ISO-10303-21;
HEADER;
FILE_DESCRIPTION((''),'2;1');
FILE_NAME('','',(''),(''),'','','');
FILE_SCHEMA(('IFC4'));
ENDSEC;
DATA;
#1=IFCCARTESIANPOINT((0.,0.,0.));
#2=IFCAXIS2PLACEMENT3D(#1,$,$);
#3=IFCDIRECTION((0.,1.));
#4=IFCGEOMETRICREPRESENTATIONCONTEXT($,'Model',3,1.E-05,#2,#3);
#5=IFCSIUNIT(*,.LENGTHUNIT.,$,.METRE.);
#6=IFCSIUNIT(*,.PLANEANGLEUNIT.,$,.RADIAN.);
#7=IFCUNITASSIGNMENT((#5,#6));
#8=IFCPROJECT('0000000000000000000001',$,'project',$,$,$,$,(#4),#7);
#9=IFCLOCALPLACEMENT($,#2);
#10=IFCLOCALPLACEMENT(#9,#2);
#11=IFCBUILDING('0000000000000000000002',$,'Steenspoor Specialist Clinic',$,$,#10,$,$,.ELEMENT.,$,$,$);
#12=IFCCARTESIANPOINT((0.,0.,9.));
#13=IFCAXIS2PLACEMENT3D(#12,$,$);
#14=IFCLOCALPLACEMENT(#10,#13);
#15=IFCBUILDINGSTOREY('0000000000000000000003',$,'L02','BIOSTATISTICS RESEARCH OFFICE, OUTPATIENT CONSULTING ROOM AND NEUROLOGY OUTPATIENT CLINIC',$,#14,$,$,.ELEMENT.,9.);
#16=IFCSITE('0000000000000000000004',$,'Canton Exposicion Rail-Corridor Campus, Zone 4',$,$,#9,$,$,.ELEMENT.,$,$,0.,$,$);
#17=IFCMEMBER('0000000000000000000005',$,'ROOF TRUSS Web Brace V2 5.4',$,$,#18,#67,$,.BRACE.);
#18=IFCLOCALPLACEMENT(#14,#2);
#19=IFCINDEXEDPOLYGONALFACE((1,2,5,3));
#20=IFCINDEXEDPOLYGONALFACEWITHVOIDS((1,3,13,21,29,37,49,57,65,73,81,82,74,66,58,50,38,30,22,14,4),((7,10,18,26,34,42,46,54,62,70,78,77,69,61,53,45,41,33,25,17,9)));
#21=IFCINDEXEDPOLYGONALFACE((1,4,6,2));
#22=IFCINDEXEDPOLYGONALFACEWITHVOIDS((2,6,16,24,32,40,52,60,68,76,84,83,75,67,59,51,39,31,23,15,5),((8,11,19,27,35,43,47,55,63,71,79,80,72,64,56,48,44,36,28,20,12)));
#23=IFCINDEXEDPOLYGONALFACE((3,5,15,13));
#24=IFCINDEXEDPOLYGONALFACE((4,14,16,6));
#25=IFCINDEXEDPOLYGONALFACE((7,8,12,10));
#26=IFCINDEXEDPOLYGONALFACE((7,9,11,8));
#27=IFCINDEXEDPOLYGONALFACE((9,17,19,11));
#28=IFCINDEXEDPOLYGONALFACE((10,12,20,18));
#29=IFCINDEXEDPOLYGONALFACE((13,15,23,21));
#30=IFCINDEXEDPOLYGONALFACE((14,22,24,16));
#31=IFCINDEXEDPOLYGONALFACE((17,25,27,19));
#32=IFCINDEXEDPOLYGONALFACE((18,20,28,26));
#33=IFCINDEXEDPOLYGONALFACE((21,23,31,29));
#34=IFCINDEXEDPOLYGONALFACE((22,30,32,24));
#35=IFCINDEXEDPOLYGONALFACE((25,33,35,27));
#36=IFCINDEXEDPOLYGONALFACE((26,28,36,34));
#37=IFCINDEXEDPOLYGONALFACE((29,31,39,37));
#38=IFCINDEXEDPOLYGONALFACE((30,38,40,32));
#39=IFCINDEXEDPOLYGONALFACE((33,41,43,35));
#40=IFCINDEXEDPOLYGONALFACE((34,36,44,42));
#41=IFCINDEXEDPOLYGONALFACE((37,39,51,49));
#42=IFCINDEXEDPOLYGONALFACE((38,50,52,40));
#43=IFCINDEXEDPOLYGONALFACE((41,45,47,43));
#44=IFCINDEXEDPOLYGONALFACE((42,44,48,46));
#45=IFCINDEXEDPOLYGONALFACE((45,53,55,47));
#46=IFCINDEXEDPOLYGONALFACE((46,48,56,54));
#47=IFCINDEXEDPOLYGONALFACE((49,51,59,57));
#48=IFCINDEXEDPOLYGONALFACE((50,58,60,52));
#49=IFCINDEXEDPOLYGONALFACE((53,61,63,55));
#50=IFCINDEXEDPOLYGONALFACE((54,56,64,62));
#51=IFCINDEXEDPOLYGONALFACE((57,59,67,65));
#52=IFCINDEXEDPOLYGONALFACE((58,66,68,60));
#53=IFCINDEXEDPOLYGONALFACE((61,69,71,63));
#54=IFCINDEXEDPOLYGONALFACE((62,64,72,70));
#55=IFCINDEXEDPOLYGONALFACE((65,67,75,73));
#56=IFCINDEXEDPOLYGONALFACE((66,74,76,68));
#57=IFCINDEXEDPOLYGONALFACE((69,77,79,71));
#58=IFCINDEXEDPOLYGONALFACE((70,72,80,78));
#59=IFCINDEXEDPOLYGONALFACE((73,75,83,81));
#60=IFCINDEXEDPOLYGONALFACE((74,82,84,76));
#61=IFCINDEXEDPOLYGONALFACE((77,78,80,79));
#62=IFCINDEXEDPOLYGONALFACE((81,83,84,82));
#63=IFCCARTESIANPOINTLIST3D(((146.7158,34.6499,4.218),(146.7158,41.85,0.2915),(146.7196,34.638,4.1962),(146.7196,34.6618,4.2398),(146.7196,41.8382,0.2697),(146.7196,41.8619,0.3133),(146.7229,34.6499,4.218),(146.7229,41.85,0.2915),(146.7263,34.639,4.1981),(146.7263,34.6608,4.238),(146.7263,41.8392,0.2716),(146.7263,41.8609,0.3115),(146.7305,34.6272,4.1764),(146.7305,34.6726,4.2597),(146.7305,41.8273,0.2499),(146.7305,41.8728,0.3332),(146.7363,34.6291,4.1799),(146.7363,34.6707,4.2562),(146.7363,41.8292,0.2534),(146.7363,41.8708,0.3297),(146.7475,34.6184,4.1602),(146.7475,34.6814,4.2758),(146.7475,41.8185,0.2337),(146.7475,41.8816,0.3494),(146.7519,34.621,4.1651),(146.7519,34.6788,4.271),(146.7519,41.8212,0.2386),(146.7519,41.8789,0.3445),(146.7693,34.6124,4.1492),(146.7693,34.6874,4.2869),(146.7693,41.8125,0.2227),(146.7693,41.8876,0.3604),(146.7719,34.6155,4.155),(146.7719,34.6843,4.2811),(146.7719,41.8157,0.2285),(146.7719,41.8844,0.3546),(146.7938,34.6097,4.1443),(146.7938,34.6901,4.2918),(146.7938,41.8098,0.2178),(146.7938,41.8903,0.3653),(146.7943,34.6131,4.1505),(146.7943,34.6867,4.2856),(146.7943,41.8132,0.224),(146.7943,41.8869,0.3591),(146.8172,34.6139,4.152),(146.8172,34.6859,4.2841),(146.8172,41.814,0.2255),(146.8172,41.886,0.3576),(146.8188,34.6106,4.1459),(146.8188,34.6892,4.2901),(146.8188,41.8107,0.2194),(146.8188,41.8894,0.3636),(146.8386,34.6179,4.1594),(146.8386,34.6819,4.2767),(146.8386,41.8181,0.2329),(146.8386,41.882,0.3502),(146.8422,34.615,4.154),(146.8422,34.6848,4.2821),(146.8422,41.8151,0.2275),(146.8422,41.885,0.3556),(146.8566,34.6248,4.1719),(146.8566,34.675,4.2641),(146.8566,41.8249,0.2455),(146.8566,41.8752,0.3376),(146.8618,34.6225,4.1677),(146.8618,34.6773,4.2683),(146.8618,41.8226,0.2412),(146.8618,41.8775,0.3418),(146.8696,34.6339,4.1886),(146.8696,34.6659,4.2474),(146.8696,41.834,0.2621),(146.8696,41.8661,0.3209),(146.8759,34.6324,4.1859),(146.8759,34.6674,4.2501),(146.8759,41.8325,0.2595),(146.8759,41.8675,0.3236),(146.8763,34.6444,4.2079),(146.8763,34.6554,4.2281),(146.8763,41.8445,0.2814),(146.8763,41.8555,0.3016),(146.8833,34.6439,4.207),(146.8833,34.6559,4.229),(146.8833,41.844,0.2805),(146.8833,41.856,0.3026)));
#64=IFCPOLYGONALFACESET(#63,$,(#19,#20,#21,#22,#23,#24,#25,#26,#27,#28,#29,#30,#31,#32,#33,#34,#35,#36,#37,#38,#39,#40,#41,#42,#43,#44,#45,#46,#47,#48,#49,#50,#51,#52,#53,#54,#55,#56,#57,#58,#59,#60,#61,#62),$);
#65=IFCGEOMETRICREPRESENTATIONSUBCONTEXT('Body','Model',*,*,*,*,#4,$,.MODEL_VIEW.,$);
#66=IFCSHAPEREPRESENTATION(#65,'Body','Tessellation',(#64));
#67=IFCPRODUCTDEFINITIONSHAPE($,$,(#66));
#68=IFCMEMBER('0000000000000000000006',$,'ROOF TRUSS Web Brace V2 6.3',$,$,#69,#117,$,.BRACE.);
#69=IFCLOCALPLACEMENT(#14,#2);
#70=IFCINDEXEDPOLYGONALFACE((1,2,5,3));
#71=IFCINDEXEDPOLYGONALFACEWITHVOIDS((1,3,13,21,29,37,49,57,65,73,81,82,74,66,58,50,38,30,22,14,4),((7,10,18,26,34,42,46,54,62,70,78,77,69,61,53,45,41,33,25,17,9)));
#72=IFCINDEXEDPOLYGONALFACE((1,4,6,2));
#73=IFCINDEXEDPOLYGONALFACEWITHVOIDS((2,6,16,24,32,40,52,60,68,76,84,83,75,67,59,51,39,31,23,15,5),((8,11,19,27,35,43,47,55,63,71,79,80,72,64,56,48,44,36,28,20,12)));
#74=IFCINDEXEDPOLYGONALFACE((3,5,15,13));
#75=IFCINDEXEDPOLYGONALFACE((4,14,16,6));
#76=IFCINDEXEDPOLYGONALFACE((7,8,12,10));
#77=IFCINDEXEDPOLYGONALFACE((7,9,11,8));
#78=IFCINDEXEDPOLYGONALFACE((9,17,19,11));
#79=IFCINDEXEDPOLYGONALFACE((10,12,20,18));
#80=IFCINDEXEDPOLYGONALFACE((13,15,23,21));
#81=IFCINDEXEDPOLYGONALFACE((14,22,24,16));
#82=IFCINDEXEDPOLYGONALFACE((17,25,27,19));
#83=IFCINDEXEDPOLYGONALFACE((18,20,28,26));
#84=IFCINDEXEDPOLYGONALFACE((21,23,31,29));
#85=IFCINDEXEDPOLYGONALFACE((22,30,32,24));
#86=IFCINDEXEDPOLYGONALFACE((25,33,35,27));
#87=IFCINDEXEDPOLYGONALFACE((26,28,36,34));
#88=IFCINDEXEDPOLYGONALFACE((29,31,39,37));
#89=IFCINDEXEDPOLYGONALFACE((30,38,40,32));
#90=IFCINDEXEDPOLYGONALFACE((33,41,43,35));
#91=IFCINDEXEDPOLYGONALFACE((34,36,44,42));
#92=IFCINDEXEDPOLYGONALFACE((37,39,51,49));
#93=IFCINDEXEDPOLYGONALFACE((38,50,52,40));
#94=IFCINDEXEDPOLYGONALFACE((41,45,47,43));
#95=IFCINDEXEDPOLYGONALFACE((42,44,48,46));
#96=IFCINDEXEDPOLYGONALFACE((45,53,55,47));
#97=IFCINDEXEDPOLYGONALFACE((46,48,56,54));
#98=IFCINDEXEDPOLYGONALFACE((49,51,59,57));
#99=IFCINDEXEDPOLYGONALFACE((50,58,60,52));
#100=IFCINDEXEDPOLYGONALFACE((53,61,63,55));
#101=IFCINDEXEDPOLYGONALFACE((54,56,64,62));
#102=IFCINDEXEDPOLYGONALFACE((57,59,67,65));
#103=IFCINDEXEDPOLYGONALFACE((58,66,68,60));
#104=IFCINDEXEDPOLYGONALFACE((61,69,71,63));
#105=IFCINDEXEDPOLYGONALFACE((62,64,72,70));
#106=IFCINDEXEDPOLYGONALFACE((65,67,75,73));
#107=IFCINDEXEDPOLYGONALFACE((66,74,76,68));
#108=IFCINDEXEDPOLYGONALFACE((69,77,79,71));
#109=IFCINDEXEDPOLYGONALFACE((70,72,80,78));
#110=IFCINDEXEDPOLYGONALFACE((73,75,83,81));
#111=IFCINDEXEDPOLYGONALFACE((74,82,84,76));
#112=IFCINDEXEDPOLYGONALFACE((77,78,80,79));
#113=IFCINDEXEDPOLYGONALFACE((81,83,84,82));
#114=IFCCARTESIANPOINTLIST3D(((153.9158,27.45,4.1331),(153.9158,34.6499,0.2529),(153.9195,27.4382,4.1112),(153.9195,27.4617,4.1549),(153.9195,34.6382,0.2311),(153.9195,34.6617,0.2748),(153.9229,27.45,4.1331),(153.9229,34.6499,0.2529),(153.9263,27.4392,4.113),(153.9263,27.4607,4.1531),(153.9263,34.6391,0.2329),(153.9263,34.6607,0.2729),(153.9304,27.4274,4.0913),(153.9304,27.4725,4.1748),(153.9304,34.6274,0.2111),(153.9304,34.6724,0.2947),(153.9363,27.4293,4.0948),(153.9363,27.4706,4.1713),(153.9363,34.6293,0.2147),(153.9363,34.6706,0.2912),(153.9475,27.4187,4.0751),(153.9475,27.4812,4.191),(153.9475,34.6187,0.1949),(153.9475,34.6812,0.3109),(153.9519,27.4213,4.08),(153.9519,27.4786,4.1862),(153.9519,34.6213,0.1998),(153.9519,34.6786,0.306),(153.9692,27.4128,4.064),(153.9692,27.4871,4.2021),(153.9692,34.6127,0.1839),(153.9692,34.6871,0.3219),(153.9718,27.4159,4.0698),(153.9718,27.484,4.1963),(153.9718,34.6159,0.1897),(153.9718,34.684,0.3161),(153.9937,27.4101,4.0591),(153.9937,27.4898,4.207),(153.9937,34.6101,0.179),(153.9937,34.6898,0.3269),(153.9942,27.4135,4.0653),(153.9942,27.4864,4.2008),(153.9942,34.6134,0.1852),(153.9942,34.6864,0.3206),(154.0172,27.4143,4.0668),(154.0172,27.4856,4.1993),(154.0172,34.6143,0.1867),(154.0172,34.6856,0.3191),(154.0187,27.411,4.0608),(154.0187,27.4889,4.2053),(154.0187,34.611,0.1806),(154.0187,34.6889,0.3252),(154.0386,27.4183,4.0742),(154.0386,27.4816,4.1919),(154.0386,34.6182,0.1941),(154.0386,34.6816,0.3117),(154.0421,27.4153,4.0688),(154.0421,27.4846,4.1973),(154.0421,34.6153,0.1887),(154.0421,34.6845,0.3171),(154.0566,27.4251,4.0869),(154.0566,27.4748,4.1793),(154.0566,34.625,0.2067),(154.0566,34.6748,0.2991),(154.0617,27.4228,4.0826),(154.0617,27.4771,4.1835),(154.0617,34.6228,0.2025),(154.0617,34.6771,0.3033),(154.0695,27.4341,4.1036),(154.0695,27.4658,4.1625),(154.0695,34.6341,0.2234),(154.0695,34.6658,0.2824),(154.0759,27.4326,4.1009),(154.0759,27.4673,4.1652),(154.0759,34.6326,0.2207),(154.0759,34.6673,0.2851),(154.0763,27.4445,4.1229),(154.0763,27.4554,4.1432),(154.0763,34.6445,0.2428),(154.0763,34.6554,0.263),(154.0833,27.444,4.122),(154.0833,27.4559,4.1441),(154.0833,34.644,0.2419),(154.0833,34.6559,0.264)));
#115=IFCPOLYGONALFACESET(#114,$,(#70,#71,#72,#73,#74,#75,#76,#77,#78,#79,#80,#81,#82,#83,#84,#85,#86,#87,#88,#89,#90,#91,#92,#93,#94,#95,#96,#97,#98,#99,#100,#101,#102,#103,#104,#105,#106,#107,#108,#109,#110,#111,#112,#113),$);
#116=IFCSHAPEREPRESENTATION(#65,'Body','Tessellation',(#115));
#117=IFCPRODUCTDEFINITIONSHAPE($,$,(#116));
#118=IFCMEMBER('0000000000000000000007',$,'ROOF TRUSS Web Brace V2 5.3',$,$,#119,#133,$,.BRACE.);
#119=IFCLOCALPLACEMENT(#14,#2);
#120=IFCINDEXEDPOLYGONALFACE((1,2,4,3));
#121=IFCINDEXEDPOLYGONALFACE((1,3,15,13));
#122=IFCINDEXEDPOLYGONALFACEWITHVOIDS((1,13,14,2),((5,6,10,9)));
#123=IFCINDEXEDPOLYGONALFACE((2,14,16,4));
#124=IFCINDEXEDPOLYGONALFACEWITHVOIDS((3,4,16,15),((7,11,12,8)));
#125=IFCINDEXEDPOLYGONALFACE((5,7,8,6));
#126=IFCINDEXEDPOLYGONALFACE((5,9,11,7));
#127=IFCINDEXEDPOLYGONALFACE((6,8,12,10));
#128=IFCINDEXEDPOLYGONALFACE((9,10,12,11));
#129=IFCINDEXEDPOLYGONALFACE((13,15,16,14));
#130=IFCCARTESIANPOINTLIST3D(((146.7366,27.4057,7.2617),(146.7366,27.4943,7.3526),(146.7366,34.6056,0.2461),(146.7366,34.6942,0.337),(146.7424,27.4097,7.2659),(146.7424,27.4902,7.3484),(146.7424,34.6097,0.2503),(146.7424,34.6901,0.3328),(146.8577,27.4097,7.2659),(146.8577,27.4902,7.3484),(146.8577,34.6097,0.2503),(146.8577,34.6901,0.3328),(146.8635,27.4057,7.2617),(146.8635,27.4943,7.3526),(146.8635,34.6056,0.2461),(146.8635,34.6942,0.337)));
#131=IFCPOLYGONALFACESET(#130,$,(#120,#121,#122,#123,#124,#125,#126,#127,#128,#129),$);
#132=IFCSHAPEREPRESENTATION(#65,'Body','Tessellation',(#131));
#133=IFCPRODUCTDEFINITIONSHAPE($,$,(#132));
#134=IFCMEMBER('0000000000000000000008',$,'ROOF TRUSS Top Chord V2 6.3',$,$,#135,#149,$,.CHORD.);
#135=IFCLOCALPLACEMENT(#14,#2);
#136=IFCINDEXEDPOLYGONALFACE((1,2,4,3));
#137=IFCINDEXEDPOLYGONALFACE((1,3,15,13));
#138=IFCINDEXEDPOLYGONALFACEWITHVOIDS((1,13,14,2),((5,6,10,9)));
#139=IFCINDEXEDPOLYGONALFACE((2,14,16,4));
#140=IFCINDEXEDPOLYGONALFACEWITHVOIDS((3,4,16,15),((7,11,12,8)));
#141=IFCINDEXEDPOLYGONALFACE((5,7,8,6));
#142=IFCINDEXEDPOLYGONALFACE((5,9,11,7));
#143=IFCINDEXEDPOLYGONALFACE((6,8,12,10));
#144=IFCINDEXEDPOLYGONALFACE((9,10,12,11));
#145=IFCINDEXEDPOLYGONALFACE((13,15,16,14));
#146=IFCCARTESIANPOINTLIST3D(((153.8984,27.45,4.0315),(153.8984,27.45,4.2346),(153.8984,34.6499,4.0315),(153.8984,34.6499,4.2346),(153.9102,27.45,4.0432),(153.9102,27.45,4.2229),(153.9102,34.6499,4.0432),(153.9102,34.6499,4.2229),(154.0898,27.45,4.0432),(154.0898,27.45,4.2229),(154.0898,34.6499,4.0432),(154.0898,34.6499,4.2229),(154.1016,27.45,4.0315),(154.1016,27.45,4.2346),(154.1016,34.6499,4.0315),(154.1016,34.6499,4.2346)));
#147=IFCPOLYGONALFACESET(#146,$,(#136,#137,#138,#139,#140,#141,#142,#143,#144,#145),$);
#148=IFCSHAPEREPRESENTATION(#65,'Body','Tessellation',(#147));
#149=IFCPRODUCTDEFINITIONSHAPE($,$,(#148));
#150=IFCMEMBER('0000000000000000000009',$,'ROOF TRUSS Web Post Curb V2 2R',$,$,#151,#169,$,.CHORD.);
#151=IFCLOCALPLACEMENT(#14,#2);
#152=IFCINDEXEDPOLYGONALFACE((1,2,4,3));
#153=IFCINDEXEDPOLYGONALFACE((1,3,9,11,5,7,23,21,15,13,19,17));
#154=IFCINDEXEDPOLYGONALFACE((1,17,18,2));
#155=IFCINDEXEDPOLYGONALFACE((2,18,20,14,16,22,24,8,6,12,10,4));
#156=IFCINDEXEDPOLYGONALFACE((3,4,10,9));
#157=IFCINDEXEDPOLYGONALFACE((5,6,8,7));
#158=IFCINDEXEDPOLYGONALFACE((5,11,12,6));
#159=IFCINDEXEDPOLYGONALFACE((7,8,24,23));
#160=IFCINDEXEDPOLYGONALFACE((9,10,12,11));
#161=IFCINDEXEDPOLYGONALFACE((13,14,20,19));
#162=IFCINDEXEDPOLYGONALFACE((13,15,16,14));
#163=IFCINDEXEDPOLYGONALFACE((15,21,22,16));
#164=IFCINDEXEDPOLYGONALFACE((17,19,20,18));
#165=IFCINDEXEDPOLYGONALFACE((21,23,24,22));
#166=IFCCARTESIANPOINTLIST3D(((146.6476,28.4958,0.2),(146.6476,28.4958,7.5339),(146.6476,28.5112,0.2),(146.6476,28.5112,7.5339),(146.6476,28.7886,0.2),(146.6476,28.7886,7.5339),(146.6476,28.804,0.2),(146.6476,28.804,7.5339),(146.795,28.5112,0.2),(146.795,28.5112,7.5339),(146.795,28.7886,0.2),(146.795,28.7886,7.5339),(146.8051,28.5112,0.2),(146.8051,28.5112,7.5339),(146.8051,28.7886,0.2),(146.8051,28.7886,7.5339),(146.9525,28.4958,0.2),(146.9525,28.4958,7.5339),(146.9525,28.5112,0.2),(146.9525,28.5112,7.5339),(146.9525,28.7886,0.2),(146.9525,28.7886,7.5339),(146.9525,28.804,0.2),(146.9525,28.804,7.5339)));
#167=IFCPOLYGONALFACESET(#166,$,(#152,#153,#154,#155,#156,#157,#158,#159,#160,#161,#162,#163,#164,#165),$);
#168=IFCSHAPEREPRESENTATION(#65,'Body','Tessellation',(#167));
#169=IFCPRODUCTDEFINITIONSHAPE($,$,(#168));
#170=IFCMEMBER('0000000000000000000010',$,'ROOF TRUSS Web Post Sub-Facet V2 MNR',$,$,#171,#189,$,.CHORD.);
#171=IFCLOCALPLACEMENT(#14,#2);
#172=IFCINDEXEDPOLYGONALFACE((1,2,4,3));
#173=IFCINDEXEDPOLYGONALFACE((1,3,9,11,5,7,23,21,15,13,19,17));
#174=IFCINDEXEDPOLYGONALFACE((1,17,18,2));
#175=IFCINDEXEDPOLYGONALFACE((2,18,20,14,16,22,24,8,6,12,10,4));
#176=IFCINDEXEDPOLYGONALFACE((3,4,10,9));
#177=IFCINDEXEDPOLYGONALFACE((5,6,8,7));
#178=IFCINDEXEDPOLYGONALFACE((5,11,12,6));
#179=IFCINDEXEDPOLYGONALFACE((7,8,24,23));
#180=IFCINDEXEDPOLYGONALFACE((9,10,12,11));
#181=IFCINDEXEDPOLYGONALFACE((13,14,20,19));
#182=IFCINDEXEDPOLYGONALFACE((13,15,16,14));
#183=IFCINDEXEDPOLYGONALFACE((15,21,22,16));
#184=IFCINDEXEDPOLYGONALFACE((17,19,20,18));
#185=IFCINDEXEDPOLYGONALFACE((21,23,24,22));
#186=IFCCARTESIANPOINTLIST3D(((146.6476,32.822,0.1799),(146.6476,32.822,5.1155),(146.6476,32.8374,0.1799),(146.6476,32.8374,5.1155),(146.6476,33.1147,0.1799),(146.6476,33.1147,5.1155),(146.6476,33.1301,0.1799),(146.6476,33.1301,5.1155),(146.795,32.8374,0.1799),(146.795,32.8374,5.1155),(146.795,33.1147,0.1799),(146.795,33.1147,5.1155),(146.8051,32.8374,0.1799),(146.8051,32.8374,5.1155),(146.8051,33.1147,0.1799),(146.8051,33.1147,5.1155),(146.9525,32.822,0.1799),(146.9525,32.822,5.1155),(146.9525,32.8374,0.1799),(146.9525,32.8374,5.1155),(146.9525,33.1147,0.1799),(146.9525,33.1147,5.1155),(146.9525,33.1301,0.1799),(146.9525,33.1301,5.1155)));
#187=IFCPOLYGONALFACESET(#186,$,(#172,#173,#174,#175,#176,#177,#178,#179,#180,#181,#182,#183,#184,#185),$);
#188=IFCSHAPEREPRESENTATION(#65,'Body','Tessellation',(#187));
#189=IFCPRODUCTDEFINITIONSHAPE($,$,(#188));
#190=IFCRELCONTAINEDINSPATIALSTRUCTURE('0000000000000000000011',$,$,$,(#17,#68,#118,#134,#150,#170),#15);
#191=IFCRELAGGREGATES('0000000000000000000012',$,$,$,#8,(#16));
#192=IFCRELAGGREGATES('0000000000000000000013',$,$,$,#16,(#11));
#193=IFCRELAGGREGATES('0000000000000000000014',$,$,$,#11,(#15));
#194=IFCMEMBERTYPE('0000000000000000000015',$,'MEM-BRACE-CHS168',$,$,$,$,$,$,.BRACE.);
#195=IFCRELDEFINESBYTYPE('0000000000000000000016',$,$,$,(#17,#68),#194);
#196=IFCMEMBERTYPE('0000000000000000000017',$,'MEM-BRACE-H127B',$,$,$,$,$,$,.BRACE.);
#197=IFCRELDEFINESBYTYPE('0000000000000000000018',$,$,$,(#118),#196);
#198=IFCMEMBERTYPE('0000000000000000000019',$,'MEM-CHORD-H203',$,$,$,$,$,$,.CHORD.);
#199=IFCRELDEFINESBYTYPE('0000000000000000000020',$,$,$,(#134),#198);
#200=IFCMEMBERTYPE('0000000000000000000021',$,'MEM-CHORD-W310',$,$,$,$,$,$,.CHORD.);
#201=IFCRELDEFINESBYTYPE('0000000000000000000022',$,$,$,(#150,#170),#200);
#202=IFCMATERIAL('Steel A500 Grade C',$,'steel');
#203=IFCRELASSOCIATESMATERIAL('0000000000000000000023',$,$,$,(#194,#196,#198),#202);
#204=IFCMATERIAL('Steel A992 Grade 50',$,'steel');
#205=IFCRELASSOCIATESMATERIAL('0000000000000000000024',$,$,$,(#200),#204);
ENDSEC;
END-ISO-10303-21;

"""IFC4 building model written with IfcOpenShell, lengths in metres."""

from ifc_helpers import new_model, si_unit, direction, frame, origin, origin_2d, place, context, subcontext, project, spatial, hollow_rectangle, hollow_circle, i_section, extrude, material, material_profile, profile_set, type_object, element, save


model = new_model("IFC4")

# Units and contexts
model_context = context("Model", 3, precision=1e-05, world=origin(), true_north=direction((0.0, 1.0)))
body_context = subcontext(model_context, "Body", "Model", "MODEL_VIEW")
ifc_project = project(units=[si_unit("LENGTHUNIT", "METRE"), si_unit("PLANEANGLEUNIT", "RADIAN")], contexts=[model_context])

# Site, building, storey
site_placement = place(None, origin())
site = spatial("IfcSite", under=ifc_project, at=site_placement, Name="Canton Exposicion Rail-Corridor Campus, Zone 4", CompositionType="ELEMENT", RefElevation=0.0)
building_placement = place(site_placement, origin())
building = spatial("IfcBuilding", under=site, at=building_placement, Name="Steenspoor Specialist Clinic", CompositionType="ELEMENT")
storey_placement = place(building_placement, frame((0.0, 0.0, 9.0)))
storey = spatial("IfcBuildingStorey", under=building, at=storey_placement, Name="L02", Description="BIOSTATISTICS RESEARCH OFFICE, OUTPATIENT CONSULTING ROOM AND NEUROLOGY OUTPATIENT CLINIC", CompositionType="ELEMENT", Elevation=9.0)

# Members
ifc_material_1 = material(Name="Steel A500 Grade C", Category="steel")
ifc_material_profile_1 = material_profile(ifc_material_1, hollow_circle(Radius=0.0842, WallThickness=0.0071, at=origin_2d()), Name="CHS168X7.1")
ifc_profile_set_1 = profile_set([ifc_material_profile_1], Name="Steel A500 Grade C")
member_type_1 = type_object("IfcMemberType", Name="MEM-BRACE-CHS168", PredefinedType="BRACE", material=ifc_profile_set_1)
member_1_placement = place(storey_placement, frame((146.8, 34.6499, 4.218), z_axis=(0.0, 0.87794, -0.478771), x_axis=(-1.0, 0.0, 0.0)))
element("IfcMember", 1, at=member_1_placement, inside=storey, type_object=member_type_1, Name="ROOF TRUSS Web Brace V2 5.4", PredefinedType="BRACE", context=body_context, shape_type="SweptSolid", body=[
    extrude(hollow_circle(Radius=0.0842, WallThickness=0.0071, at=origin_2d()), origin(), (0.0, 0.0, 1.0), 8.2012),
])
member_2_placement = place(storey_placement, frame((154.0, 27.45, 4.1331), z_axis=(0.0, 0.880306, -0.474406), x_axis=(-1.0, 0.0, 0.0)))
element("IfcMember", 2, at=member_2_placement, inside=storey, type_object=member_type_1, Name="ROOF TRUSS Web Brace V2 6.3", PredefinedType="BRACE", context=body_context, shape_type="SweptSolid", body=[
    extrude(hollow_circle(Radius=0.0842, WallThickness=0.0071, at=origin_2d()), origin(), (0.0, 0.0, 1.0), 8.179),
])
ifc_material_profile_2 = material_profile(ifc_material_1, hollow_rectangle(XDim=0.127, YDim=0.127, WallThickness=0.0059, at=origin_2d()), Name="HSS127X127X6.4")
ifc_profile_set_2 = profile_set([ifc_material_profile_2], Name="Steel A500 Grade C")
member_type_2 = type_object("IfcMemberType", Name="MEM-BRACE-H127B", PredefinedType="BRACE", material=ifc_profile_set_2)
member_3_placement = place(storey_placement, frame((146.8, 27.45, 7.3071), z_axis=(0.0, 0.716215, -0.697879), x_axis=(-1.0, 0.0, 0.0)))
element("IfcMember", 3, at=member_3_placement, inside=storey, type_object=member_type_2, Name="ROOF TRUSS Web Brace V2 5.3", PredefinedType="BRACE", context=body_context, shape_type="SweptSolid", body=[
    extrude(hollow_rectangle(XDim=0.127, YDim=0.127, WallThickness=0.0059, at=origin_2d()), origin(), (0.0, 0.0, 1.0), 10.0527),
])
ifc_material_profile_3 = material_profile(ifc_material_1, hollow_rectangle(XDim=0.2031, YDim=0.2031, WallThickness=0.0117, at=origin_2d()), Name="HSS203X203X12.7")
ifc_profile_set_3 = profile_set([ifc_material_profile_3], Name="Steel A500 Grade C")
member_type_3 = type_object("IfcMemberType", Name="MEM-CHORD-H203", PredefinedType="CHORD", material=ifc_profile_set_3)
member_4_placement = place(storey_placement, frame((154.0, 27.45, 4.1331), z_axis=(0.0, 1.0, 0.0), x_axis=(-1.0, 0.0, 0.0)))
element("IfcMember", 4, at=member_4_placement, inside=storey, type_object=member_type_3, Name="ROOF TRUSS Top Chord V2 6.3", PredefinedType="CHORD", context=body_context, shape_type="SweptSolid", body=[
    extrude(hollow_rectangle(XDim=0.2031, YDim=0.2031, WallThickness=0.0117, at=origin_2d()), origin(), (0.0, 0.0, 1.0), 7.2),
])
ifc_material_2 = material(Name="Steel A992 Grade 50", Category="steel")
ifc_material_profile_4 = material_profile(ifc_material_2, i_section(OverallWidth=0.3049, OverallDepth=0.3081, WebThickness=0.01, FlangeThickness=0.0154, at=origin_2d()), Name="W310X97")
ifc_profile_set_4 = profile_set([ifc_material_profile_4], Name="Steel A992 Grade 50")
member_type_4 = type_object("IfcMemberType", Name="MEM-CHORD-W310", PredefinedType="CHORD", material=ifc_profile_set_4)
member_5_placement = place(storey_placement, frame((146.8, 28.6499, 0.2), z_axis=(0.0, 0.0, 1.0), x_axis=(1.0, 0.0, 0.0)))
element("IfcMember", 5, at=member_5_placement, inside=storey, type_object=member_type_4, Name="ROOF TRUSS Web Post Curb V2 2R", PredefinedType="CHORD", context=body_context, shape_type="SweptSolid", body=[
    extrude(i_section(OverallWidth=0.3049, OverallDepth=0.3081, WebThickness=0.01, FlangeThickness=0.0154, at=origin_2d()), origin(), (0.0, 0.0, 1.0), 7.334),
])
member_6_placement = place(storey_placement, frame((146.8, 32.9761, 0.1799), z_axis=(0.0, 0.0, 1.0), x_axis=(1.0, 0.0, 0.0)))
element("IfcMember", 6, at=member_6_placement, inside=storey, type_object=member_type_4, Name="ROOF TRUSS Web Post Sub-Facet V2 MNR", PredefinedType="CHORD", context=body_context, shape_type="SweptSolid", body=[
    extrude(i_section(OverallWidth=0.3049, OverallDepth=0.3081, WebThickness=0.01, FlangeThickness=0.0154, at=origin_2d()), origin(), (0.0, 0.0, 1.0), 4.9355),
])

save(model, "model.ifc")
